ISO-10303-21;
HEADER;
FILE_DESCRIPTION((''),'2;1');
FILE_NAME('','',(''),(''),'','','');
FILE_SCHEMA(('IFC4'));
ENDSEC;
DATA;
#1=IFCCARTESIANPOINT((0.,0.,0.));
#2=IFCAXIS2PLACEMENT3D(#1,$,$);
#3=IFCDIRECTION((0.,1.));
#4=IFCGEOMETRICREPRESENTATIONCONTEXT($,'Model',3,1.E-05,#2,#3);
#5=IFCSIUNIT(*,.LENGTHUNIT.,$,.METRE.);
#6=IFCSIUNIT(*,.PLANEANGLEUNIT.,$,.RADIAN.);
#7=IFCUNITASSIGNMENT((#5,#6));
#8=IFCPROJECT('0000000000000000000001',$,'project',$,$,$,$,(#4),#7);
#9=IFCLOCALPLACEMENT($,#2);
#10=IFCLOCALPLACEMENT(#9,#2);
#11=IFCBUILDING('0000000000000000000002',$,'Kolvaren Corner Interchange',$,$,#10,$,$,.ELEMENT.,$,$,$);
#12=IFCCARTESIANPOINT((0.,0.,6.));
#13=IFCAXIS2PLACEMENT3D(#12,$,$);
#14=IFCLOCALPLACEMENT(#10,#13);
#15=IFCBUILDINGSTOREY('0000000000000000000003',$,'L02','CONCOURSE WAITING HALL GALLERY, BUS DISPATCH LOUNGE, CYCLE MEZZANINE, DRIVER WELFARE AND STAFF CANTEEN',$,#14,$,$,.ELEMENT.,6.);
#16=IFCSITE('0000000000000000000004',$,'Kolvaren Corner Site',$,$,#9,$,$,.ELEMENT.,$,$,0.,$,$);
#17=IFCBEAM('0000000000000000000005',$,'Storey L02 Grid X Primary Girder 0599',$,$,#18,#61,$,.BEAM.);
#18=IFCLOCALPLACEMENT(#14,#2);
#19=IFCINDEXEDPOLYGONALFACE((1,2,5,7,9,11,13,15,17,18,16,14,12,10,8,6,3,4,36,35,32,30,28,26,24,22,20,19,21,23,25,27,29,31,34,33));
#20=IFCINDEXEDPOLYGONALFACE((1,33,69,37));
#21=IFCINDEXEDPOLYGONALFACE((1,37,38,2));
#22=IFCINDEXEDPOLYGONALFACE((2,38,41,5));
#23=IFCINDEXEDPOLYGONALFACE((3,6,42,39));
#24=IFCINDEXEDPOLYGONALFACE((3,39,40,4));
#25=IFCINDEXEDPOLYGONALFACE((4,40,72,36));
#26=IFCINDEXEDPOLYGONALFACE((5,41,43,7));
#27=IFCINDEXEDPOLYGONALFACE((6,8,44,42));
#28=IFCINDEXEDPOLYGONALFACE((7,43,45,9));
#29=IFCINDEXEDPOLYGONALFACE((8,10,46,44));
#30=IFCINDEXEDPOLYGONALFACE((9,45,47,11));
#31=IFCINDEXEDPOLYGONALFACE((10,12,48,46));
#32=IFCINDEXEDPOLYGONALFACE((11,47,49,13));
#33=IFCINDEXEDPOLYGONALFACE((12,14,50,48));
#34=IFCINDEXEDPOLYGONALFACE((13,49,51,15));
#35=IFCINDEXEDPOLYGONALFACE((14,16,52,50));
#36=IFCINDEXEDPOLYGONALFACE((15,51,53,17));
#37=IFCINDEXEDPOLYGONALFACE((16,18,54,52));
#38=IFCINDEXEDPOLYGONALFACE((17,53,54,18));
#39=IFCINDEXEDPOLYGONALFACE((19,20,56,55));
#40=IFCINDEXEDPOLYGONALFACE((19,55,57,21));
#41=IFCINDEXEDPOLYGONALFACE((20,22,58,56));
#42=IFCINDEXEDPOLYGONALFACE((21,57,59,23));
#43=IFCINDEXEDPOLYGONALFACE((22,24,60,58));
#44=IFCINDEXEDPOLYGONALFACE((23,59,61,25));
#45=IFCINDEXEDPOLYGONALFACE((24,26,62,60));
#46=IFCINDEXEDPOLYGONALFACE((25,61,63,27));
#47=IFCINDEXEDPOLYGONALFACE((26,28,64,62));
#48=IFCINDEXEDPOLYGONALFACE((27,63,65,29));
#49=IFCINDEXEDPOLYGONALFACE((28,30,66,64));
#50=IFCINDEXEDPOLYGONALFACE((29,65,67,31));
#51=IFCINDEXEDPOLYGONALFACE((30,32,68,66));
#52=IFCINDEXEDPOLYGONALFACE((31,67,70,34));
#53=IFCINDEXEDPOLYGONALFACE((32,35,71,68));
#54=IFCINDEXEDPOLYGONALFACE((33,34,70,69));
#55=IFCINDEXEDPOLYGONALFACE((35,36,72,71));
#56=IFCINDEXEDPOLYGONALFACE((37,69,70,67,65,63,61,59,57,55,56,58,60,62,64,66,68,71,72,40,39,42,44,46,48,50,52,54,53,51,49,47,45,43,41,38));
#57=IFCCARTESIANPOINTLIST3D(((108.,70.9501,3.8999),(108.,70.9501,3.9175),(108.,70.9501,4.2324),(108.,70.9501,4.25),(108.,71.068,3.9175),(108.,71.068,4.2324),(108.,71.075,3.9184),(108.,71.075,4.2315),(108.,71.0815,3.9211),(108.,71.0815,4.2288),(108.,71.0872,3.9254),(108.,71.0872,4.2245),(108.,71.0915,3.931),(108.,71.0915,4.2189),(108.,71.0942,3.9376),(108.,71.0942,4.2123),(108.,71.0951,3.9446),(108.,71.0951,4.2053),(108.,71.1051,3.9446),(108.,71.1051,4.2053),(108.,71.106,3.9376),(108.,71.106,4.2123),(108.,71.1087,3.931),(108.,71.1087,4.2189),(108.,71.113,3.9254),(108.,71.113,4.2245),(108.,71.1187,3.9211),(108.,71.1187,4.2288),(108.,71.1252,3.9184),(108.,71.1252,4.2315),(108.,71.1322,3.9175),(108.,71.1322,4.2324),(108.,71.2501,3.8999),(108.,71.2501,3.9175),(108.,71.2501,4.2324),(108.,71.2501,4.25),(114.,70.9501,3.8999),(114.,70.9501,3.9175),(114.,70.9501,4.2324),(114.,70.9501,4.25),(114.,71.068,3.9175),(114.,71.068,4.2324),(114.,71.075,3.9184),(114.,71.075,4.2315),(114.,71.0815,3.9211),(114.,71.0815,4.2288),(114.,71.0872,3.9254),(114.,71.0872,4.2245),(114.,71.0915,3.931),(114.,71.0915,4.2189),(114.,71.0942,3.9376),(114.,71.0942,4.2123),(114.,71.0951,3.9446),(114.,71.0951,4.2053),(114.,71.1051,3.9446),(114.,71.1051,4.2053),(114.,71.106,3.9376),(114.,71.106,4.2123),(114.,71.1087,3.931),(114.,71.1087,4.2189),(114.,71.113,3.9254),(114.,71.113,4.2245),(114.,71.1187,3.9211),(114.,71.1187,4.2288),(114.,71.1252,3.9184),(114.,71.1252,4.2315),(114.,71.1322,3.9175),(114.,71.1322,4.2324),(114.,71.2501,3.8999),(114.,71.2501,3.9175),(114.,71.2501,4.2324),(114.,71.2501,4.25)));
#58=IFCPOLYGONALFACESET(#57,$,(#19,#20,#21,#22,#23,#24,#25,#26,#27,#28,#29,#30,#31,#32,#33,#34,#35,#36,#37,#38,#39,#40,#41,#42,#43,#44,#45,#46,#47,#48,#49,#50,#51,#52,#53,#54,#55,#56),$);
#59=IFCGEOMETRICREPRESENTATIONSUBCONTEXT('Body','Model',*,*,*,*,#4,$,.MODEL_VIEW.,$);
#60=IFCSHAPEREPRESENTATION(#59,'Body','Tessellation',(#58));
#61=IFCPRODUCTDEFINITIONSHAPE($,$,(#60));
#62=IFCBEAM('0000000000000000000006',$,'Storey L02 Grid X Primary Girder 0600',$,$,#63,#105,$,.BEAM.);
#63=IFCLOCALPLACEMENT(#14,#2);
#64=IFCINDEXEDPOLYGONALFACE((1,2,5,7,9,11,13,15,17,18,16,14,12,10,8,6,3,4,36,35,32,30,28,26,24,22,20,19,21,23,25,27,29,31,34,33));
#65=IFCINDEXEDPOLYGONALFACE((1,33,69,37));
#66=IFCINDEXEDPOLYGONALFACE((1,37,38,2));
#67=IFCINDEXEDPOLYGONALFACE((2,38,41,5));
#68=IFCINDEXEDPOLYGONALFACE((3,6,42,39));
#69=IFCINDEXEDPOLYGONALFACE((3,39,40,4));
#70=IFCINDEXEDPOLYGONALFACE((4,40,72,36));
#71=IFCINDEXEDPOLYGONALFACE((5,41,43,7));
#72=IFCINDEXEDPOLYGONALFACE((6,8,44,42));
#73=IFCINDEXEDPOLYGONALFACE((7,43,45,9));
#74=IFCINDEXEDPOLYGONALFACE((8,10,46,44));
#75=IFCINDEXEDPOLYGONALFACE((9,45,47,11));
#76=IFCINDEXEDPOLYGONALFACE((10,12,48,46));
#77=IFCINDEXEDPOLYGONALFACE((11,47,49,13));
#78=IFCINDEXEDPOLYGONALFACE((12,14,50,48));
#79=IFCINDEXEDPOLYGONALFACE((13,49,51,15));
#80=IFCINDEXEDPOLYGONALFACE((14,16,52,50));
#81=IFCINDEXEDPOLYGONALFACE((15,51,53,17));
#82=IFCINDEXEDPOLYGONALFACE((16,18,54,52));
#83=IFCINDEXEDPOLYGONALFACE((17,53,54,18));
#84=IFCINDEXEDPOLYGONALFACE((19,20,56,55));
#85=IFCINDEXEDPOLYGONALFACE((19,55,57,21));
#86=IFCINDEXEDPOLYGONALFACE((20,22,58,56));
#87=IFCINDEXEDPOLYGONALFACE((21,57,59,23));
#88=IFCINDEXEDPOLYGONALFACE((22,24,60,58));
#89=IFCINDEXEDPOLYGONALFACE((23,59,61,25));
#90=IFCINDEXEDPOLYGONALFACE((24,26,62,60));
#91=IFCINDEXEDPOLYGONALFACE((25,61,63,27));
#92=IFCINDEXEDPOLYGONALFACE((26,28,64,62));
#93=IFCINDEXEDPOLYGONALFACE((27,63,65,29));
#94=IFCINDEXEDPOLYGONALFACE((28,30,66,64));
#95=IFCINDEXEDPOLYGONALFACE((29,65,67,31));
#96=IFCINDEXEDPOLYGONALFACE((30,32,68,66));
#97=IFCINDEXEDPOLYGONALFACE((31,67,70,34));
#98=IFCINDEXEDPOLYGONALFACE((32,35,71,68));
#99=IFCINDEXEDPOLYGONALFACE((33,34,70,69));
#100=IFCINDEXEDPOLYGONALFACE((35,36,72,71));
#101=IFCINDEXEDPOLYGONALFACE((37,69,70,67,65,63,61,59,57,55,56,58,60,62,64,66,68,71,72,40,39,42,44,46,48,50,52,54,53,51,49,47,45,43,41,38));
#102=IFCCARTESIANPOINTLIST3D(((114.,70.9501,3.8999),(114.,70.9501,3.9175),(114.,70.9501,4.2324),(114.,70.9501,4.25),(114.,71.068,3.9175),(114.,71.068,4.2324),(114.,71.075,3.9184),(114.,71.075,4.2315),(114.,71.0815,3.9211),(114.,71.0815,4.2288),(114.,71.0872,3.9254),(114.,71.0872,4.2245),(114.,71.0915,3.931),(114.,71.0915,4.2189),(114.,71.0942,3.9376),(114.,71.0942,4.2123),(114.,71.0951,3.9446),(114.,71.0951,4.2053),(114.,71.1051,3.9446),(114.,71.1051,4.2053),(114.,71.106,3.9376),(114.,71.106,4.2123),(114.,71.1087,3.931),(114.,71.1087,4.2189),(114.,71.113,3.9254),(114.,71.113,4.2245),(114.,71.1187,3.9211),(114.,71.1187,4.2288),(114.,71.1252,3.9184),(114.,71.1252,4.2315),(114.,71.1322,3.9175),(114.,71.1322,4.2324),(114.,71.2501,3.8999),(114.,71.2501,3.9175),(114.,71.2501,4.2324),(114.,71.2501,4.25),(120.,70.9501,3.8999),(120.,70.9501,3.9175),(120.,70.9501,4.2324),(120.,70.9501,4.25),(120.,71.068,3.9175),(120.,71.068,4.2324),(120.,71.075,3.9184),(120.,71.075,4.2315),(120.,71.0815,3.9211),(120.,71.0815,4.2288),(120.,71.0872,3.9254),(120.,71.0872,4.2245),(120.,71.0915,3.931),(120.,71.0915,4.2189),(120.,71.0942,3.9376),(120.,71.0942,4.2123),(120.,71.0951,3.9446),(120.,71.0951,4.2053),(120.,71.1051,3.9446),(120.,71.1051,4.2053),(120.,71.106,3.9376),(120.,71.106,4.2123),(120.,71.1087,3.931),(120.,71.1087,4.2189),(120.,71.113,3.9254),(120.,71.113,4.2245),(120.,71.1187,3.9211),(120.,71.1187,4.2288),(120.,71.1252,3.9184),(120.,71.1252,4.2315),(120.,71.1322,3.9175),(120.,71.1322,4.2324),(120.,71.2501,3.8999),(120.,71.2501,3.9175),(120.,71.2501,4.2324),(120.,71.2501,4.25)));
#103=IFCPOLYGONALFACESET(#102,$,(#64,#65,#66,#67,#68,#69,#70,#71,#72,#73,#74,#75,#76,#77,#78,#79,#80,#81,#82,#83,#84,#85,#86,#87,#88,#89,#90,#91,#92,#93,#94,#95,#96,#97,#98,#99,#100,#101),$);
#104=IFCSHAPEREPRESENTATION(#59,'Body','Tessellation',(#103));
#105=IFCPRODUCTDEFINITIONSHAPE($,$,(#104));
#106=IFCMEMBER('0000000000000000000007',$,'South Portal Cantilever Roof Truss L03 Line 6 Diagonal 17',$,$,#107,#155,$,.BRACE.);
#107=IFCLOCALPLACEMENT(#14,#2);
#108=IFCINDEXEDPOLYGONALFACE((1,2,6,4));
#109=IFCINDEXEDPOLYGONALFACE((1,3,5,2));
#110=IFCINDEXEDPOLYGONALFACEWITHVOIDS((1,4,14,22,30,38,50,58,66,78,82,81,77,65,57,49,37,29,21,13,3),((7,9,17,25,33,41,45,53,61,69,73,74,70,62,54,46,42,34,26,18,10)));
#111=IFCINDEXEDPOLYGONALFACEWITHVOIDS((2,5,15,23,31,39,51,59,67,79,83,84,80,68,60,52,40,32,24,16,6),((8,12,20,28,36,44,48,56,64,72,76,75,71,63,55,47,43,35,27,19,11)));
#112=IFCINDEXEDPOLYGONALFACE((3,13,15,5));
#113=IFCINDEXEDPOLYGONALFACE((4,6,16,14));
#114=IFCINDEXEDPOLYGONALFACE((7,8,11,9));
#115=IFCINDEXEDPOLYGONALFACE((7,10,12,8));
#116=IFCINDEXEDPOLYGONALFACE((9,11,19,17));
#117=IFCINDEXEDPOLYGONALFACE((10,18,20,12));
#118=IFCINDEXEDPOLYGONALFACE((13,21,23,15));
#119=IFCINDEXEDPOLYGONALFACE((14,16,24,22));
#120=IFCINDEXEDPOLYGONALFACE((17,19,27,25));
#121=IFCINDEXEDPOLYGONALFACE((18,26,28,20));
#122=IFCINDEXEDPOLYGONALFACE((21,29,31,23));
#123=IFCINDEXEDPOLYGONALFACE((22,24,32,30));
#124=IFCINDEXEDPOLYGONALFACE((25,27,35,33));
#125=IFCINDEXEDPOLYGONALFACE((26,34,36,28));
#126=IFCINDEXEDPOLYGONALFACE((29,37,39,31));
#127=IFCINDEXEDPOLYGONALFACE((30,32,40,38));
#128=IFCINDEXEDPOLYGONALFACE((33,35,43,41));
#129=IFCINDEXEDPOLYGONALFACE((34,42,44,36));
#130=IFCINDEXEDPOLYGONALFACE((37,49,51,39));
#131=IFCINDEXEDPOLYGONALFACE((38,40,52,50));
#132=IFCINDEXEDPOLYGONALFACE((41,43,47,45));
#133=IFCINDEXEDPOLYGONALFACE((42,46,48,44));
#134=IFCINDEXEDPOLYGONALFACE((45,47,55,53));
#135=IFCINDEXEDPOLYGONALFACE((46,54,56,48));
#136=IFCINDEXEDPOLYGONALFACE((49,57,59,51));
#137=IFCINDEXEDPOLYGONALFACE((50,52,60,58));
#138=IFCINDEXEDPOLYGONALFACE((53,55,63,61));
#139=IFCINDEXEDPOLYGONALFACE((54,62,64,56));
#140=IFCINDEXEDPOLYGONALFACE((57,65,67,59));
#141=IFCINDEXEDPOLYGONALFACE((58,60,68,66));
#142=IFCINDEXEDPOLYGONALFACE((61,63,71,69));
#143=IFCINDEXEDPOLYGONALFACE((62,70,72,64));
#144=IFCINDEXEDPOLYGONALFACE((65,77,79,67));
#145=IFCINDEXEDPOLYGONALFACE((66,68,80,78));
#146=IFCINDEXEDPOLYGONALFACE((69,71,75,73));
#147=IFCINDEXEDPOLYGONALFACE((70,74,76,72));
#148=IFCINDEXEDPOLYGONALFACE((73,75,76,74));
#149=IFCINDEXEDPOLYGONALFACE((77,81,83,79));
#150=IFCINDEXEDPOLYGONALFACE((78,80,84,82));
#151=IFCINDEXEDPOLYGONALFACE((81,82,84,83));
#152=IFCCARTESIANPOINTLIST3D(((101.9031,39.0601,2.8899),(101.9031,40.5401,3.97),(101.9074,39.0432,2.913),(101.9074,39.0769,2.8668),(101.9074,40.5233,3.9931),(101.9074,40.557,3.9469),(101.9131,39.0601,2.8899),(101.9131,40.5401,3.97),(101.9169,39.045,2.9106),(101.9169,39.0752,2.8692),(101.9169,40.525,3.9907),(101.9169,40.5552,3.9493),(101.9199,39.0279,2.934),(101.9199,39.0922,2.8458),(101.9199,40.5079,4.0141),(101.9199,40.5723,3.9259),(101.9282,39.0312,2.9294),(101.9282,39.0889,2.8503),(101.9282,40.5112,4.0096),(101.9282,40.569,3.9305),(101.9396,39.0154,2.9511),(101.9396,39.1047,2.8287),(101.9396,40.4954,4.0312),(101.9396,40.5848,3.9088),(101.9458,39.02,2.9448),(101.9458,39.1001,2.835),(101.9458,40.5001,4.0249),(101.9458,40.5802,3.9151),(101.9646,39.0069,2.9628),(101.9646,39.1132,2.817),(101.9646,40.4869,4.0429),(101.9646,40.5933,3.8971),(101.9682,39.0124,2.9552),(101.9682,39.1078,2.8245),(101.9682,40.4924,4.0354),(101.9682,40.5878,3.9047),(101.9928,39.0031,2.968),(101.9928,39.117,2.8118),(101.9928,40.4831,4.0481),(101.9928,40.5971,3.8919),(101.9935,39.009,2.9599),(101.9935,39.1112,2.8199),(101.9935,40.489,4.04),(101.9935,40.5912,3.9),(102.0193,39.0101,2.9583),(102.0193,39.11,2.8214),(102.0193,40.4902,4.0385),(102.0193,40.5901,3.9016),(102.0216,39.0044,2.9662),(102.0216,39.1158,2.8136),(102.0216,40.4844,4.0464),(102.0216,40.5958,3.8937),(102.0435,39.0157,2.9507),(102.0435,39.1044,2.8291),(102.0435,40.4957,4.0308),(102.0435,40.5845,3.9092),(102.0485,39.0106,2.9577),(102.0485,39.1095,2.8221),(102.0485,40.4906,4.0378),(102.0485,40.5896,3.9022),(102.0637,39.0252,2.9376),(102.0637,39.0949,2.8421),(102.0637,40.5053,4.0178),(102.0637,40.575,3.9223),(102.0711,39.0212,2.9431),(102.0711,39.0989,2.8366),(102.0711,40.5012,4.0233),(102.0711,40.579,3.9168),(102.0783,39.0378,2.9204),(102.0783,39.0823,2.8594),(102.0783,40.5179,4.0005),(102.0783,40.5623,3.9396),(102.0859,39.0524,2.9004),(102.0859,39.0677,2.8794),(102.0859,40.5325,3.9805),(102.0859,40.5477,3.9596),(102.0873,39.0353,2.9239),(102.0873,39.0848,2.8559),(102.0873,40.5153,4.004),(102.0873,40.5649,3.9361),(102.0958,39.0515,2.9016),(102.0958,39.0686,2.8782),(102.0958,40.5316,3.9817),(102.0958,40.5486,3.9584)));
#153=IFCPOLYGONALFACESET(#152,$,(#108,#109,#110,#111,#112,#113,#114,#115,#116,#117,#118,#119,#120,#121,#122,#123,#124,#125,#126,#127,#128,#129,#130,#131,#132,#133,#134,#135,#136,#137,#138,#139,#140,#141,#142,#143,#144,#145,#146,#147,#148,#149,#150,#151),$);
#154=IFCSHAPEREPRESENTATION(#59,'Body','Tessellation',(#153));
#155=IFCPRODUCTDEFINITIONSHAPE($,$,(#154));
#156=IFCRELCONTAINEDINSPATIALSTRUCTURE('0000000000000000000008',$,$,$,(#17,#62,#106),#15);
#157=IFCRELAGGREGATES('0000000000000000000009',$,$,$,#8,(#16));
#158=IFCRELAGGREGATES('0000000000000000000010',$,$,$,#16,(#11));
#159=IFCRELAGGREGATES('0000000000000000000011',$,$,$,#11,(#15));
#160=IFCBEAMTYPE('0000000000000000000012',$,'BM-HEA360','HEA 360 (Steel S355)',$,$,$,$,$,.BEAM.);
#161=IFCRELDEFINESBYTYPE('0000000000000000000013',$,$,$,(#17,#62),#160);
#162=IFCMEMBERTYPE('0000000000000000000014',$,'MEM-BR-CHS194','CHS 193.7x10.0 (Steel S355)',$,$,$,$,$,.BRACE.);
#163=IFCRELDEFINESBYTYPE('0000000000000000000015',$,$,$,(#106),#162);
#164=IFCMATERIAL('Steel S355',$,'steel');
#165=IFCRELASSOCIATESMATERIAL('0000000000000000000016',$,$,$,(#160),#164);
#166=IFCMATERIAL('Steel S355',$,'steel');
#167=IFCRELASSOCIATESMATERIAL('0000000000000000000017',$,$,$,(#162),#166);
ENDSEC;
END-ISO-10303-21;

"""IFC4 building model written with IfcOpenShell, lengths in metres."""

from ifc_helpers import new_model, si_unit, direction, frame, origin, origin_2d, place, context, subcontext, project, spatial, hollow_circle, i_section, extrude, material, material_profile, profile_set, type_object, element, save


model = new_model("IFC4")

# Units and contexts
model_context = context("Model", 3, precision=1e-05, world=origin(), true_north=direction((0.0, 1.0)))
body_context = subcontext(model_context, "Body", "Model", "MODEL_VIEW")
ifc_project = project(units=[si_unit("LENGTHUNIT", "METRE"), si_unit("PLANEANGLEUNIT", "RADIAN")], contexts=[model_context])

# Site, building, storey
site_placement = place(None, origin())
site = spatial("IfcSite", under=ifc_project, at=site_placement, Name="Kolvaren Corner Site", CompositionType="ELEMENT", RefElevation=0.0)
building_placement = place(site_placement, origin())
building = spatial("IfcBuilding", under=site, at=building_placement, Name="Kolvaren Corner Interchange", CompositionType="ELEMENT")
storey_placement = place(building_placement, frame((0.0, 0.0, 6.0)))
storey = spatial("IfcBuildingStorey", under=building, at=storey_placement, Name="L02", Description="CONCOURSE WAITING HALL GALLERY, BUS DISPATCH LOUNGE, CYCLE MEZZANINE, DRIVER WELFARE AND STAFF CANTEEN", CompositionType="ELEMENT", Elevation=6.0)

# Beams
ifc_material_1 = material(Name="Steel S355", Category="steel")
ifc_material_profile_1 = material_profile(ifc_material_1, i_section(OverallWidth=0.3, OverallDepth=0.3501, WebThickness=0.01, FlangeThickness=0.0176, FilletRadius=0.0271, at=origin_2d()), Name="HEA 360")
ifc_profile_set_1 = profile_set([ifc_material_profile_1], Name="Steel S355")
beam_type = type_object("IfcBeamType", Name="BM-HEA360", Description="HEA 360 (Steel S355)", PredefinedType="BEAM", material=ifc_profile_set_1)
for number, where, z_axis, x_axis, name in (
    (1, (108.0, 71.1001, 4.075), (1.0, 0.0, 0.0), (0.0, 1.0, 0.0), "Storey L02 Grid X Primary Girder 0599"),
    (2, (114.0, 71.1001, 4.075), (1.0, 0.0, 0.0), (0.0, 1.0, 0.0), "Storey L02 Grid X Primary Girder 0600"),
):
    element("IfcBeam", number, at=place(storey_placement, frame(where, z_axis=z_axis, x_axis=x_axis)), inside=storey, type_object=beam_type, Name=name, PredefinedType="BEAM", context=body_context, shape_type="SweptSolid", body=[
        extrude(i_section(OverallWidth=0.3, OverallDepth=0.3501, WebThickness=0.01, FlangeThickness=0.0176, FilletRadius=0.0271, at=origin_2d()), origin(), (0.0, 0.0, 1.0), 6.0),
    ])

# Member
ifc_material_2 = material(Name="Steel S355", Category="steel")
ifc_material_profile_2 = material_profile(ifc_material_2, hollow_circle(Radius=0.0969, WallThickness=0.01, at=origin_2d()), Name="CHS 193.7x10.0")
ifc_profile_set_2 = profile_set([ifc_material_profile_2], Name="Steel S355")
member_type_1 = type_object("IfcMemberType", Name="MEM-BR-CHS194", Description="CHS 193.7x10.0 (Steel S355)", PredefinedType="BRACE", material=ifc_profile_set_2)
member_1_placement = place(storey_placement, frame((102.0, 39.0601, 2.8899), z_axis=(0.0, 0.807767, 0.589502), x_axis=(-1.0, 0.0, 0.0)))
element("IfcMember", 3, at=member_1_placement, inside=storey, type_object=member_type_1, Name="South Portal Cantilever Roof Truss L03 Line 6 Diagonal 17", PredefinedType="BRACE", context=body_context, shape_type="SweptSolid", body=[
    extrude(hollow_circle(Radius=0.0969, WallThickness=0.01, at=origin_2d()), origin(), (0.0, 0.0, 1.0), 1.8323),
])

save(model, "model.ifc")
